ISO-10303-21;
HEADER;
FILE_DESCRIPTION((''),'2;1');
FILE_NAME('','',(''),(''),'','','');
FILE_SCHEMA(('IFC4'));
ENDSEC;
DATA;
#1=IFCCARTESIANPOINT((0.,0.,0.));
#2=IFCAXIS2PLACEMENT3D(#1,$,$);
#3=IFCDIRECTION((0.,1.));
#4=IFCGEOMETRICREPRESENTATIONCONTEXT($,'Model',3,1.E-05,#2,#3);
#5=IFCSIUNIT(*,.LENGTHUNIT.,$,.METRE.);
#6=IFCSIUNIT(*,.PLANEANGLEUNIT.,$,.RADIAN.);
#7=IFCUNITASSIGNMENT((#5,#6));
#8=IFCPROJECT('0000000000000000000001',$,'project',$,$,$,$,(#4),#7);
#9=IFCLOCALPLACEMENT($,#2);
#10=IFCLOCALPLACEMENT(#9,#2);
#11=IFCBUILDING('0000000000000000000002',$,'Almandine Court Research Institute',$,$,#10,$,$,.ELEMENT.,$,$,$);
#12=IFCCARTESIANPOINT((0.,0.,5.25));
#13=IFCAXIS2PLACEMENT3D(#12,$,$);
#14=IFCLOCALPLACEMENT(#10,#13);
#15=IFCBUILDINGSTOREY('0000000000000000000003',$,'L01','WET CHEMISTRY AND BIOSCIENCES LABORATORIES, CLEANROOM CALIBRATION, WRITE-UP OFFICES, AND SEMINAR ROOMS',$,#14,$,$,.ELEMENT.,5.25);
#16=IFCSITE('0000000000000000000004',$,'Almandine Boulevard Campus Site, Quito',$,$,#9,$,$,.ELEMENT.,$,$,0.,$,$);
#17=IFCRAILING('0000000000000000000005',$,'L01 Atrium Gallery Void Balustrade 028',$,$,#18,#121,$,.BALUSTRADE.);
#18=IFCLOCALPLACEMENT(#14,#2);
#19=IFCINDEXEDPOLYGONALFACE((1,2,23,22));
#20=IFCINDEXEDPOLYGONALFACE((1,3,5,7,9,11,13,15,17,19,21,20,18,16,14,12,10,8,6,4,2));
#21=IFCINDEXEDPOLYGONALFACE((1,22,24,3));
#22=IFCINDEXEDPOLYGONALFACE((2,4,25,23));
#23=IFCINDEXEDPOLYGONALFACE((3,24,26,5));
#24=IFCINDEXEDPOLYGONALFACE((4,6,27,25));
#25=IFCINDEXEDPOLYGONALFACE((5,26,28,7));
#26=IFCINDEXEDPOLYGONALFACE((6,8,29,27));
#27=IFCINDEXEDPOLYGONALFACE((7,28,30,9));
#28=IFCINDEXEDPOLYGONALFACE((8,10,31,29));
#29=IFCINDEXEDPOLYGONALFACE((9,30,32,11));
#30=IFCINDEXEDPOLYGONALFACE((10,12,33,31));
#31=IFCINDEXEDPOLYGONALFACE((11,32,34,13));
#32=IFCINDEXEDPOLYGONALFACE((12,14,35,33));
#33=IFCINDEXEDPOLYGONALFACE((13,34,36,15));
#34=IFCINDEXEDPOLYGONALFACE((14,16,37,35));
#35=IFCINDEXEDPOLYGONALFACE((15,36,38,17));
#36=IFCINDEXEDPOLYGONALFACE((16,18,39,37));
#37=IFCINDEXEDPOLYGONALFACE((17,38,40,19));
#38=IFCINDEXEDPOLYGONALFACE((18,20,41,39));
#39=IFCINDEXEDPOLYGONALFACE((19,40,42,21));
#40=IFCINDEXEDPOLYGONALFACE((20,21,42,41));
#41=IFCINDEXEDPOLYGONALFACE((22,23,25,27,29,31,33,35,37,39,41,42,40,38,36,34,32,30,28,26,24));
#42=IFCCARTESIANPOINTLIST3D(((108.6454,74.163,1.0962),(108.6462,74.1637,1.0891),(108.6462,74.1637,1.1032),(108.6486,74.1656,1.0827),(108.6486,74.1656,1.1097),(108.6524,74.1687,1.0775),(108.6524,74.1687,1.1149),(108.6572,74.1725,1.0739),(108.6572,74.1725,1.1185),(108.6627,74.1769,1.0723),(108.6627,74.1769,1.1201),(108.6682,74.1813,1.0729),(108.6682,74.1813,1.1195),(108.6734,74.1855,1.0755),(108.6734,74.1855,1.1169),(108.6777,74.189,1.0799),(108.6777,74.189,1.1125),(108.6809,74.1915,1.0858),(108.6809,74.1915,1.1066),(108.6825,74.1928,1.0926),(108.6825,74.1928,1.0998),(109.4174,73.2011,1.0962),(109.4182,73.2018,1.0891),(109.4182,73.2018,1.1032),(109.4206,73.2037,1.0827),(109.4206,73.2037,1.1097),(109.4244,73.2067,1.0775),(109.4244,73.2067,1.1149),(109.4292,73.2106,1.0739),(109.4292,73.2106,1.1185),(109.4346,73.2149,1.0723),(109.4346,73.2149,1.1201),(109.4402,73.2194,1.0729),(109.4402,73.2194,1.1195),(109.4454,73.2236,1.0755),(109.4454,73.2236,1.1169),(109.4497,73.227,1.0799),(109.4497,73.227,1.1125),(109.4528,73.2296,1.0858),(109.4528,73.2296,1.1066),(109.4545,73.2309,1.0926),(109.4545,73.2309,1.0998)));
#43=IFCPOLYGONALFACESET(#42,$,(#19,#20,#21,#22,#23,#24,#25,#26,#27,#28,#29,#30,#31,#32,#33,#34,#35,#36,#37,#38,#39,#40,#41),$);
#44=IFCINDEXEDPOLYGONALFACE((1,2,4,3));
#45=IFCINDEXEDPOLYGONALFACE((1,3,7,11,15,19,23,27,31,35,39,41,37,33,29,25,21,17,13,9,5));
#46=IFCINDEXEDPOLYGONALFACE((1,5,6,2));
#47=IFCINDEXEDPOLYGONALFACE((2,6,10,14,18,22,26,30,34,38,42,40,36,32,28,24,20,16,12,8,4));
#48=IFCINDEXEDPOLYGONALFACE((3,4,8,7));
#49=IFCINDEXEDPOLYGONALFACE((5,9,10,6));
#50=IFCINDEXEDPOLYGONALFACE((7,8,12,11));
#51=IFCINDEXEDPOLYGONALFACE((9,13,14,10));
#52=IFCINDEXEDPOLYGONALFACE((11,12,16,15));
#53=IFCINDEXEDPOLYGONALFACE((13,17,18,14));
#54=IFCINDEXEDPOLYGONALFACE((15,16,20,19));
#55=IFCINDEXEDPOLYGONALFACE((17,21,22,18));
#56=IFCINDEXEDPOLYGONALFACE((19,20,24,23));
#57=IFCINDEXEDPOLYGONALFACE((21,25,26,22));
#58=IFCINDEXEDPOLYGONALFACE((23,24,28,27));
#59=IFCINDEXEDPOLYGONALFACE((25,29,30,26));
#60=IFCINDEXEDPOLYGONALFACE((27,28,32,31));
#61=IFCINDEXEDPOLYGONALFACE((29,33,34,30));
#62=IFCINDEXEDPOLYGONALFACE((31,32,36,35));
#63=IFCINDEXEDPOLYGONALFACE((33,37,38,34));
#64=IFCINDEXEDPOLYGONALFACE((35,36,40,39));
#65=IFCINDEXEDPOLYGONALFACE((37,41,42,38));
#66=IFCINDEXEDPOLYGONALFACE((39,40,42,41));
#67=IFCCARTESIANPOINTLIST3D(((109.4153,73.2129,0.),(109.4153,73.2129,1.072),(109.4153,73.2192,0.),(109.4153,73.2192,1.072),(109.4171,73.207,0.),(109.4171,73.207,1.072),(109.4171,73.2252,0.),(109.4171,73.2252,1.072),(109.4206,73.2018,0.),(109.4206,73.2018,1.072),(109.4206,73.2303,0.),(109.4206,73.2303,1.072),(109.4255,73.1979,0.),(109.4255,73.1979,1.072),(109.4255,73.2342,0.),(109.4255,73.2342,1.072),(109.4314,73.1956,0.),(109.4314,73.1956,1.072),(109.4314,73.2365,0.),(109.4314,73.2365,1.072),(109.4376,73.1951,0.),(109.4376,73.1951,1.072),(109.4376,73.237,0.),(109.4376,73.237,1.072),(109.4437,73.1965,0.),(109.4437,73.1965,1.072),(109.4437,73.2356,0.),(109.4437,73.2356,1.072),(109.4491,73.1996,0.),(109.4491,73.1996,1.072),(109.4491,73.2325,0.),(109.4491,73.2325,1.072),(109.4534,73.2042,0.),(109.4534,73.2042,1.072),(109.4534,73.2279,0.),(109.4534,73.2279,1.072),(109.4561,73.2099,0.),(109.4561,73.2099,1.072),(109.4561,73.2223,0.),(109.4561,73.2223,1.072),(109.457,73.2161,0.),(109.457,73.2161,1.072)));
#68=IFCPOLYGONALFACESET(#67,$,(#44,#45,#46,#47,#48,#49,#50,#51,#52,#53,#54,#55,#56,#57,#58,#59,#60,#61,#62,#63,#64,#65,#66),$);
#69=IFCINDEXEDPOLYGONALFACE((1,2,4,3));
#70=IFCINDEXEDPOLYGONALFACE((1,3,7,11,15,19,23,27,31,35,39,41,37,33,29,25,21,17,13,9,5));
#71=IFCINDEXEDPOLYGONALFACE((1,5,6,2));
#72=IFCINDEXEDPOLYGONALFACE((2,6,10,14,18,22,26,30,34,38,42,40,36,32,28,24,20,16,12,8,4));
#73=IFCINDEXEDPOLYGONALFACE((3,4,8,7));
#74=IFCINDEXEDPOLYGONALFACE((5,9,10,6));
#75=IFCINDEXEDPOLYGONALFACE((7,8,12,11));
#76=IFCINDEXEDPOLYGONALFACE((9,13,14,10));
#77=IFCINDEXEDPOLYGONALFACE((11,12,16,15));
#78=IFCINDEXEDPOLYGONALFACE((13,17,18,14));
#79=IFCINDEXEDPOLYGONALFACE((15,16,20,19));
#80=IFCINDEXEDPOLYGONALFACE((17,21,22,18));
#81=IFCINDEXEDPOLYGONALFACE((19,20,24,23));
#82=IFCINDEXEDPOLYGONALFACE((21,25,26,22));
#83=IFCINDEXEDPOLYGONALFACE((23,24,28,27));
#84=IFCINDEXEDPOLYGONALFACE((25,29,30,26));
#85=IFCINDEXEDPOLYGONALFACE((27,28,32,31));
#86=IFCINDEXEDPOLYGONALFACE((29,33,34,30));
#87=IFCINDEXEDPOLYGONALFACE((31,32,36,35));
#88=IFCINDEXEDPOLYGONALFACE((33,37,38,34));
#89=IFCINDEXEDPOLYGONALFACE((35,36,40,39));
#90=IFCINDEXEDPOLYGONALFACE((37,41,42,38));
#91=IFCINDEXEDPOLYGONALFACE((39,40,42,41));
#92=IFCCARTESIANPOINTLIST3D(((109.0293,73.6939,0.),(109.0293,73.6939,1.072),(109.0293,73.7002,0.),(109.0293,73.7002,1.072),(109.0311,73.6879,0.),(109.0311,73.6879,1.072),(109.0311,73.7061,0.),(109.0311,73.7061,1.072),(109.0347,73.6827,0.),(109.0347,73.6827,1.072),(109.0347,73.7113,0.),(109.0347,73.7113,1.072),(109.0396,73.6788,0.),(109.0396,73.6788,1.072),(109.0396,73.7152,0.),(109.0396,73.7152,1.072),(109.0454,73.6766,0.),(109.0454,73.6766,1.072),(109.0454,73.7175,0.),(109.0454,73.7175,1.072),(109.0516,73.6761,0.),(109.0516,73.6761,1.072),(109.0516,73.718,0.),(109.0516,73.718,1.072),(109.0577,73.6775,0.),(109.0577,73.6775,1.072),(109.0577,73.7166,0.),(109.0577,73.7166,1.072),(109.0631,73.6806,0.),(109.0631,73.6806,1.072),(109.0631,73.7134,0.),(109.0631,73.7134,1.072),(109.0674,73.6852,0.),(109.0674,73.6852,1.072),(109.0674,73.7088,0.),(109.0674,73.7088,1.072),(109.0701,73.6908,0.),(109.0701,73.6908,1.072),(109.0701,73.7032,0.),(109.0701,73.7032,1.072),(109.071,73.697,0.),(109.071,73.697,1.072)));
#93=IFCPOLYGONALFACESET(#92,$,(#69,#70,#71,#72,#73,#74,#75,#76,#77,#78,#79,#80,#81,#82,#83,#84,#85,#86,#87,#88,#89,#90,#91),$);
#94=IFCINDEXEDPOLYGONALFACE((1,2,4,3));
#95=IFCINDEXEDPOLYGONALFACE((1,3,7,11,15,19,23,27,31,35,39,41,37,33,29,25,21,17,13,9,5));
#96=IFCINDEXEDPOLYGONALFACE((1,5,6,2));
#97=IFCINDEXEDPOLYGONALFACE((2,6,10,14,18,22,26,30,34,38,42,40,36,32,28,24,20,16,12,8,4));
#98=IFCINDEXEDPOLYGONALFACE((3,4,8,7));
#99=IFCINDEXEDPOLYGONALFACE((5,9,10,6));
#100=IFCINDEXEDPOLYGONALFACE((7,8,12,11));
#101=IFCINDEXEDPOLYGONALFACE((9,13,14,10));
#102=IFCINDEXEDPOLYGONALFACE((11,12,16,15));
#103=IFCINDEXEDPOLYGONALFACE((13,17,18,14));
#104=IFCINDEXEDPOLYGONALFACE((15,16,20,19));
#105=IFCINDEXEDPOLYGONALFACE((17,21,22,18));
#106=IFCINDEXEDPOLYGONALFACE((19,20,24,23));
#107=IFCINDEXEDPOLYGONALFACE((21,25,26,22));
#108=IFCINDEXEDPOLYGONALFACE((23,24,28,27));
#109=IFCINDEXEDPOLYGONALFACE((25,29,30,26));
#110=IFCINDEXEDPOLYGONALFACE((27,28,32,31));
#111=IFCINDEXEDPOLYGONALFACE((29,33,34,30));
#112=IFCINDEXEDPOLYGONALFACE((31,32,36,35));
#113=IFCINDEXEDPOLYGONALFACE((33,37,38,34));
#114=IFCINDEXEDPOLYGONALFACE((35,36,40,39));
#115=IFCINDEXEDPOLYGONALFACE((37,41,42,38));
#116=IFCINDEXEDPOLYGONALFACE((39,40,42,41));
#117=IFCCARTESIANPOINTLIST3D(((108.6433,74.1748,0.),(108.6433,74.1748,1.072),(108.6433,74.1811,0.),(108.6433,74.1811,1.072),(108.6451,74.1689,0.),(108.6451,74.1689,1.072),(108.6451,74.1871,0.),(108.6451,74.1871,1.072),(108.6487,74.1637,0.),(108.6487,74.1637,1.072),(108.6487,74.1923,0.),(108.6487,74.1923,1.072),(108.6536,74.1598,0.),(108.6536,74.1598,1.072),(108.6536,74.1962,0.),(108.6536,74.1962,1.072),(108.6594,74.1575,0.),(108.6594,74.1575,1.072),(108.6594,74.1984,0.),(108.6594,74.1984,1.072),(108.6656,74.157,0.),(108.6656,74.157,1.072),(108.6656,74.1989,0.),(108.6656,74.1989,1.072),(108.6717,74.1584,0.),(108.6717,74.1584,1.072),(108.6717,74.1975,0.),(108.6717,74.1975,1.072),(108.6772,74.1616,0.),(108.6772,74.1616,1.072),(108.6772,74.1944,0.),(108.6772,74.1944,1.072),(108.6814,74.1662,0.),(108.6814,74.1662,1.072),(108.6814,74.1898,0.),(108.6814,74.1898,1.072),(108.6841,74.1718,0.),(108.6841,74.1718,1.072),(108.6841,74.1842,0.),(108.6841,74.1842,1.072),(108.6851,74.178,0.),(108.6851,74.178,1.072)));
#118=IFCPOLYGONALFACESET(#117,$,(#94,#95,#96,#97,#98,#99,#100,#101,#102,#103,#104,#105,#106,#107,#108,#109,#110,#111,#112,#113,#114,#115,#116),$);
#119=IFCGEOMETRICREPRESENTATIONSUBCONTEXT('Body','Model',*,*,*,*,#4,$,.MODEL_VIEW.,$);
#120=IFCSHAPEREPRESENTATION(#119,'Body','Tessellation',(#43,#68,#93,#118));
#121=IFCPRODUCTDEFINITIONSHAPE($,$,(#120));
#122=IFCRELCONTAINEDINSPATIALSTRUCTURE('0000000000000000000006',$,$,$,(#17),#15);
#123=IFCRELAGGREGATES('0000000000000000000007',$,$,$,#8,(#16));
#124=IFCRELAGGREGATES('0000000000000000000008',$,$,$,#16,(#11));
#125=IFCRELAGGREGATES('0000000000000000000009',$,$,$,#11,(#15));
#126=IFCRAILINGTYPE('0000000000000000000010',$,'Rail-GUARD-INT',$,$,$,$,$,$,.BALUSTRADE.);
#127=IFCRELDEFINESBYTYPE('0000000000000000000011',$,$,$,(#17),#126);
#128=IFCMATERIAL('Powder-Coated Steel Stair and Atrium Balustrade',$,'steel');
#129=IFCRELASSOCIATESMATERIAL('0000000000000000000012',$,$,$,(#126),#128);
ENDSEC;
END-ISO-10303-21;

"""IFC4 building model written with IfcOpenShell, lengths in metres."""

from ifc_helpers import new_model, si_unit, direction, frame, origin, origin_2d, place, context, subcontext, project, spatial, circle, extrude, material, type_object, element, save


model = new_model("IFC4")

# Units and contexts
model_context = context("Model", 3, precision=1e-05, world=origin(), true_north=direction((0.0, 1.0)))
body_context = subcontext(model_context, "Body", "Model", "MODEL_VIEW")
ifc_project = project(units=[si_unit("LENGTHUNIT", "METRE"), si_unit("PLANEANGLEUNIT", "RADIAN")], contexts=[model_context])

# Site, building, storey
site_placement = place(None, origin())
site = spatial("IfcSite", under=ifc_project, at=site_placement, Name="Almandine Boulevard Campus Site, Quito", CompositionType="ELEMENT", RefElevation=0.0)
building_placement = place(site_placement, origin())
building = spatial("IfcBuilding", under=site, at=building_placement, Name="Almandine Court Research Institute", CompositionType="ELEMENT")
storey_placement = place(building_placement, frame((0.0, 0.0, 5.25)))
storey = spatial("IfcBuildingStorey", under=building, at=storey_placement, Name="L01", Description="WET CHEMISTRY AND BIOSCIENCES LABORATORIES, CLEANROOM CALIBRATION, WRITE-UP OFFICES, AND SEMINAR ROOMS", CompositionType="ELEMENT", Elevation=5.25)

# Railing
ifc_material_1 = material(Name="Powder-Coated Steel Stair and Atrium Balustrade", Category="steel")
railing_type = type_object("IfcRailingType", Name="Rail-GUARD-INT", PredefinedType="BALUSTRADE", material=ifc_material_1)
railing_1_placement = place(storey_placement, frame((109.436, 73.2161, 0.0)))
element("IfcRailing", 1, at=railing_1_placement, inside=storey, type_object=railing_type, Name="L01 Atrium Gallery Void Balustrade 028", PredefinedType="BALUSTRADE", context=body_context, shape_type="SweptSolid", body=[
    extrude(circle(Radius=0.0239, at=origin_2d()), frame((0.0, 0.0, 1.0962), z_axis=(-0.625901, 0.779902, 0.0), x_axis=(-0.779902, -0.625901, 0.0)), (0.0, 0.0, 1.0), 1.2334),
    extrude(circle(Radius=0.021, at=origin_2d()), origin(), (0.0, 0.0, 1.0), 1.072),
    extrude(circle(Radius=0.021, at=origin_2d()), frame((-0.386, 0.481, 0.0)), (0.0, 0.0, 1.0), 1.072),
    extrude(circle(Radius=0.021, at=origin_2d()), frame((-0.772, 0.9619, 0.0)), (0.0, 0.0, 1.0), 1.072),
])

save(model, "model.ifc")
